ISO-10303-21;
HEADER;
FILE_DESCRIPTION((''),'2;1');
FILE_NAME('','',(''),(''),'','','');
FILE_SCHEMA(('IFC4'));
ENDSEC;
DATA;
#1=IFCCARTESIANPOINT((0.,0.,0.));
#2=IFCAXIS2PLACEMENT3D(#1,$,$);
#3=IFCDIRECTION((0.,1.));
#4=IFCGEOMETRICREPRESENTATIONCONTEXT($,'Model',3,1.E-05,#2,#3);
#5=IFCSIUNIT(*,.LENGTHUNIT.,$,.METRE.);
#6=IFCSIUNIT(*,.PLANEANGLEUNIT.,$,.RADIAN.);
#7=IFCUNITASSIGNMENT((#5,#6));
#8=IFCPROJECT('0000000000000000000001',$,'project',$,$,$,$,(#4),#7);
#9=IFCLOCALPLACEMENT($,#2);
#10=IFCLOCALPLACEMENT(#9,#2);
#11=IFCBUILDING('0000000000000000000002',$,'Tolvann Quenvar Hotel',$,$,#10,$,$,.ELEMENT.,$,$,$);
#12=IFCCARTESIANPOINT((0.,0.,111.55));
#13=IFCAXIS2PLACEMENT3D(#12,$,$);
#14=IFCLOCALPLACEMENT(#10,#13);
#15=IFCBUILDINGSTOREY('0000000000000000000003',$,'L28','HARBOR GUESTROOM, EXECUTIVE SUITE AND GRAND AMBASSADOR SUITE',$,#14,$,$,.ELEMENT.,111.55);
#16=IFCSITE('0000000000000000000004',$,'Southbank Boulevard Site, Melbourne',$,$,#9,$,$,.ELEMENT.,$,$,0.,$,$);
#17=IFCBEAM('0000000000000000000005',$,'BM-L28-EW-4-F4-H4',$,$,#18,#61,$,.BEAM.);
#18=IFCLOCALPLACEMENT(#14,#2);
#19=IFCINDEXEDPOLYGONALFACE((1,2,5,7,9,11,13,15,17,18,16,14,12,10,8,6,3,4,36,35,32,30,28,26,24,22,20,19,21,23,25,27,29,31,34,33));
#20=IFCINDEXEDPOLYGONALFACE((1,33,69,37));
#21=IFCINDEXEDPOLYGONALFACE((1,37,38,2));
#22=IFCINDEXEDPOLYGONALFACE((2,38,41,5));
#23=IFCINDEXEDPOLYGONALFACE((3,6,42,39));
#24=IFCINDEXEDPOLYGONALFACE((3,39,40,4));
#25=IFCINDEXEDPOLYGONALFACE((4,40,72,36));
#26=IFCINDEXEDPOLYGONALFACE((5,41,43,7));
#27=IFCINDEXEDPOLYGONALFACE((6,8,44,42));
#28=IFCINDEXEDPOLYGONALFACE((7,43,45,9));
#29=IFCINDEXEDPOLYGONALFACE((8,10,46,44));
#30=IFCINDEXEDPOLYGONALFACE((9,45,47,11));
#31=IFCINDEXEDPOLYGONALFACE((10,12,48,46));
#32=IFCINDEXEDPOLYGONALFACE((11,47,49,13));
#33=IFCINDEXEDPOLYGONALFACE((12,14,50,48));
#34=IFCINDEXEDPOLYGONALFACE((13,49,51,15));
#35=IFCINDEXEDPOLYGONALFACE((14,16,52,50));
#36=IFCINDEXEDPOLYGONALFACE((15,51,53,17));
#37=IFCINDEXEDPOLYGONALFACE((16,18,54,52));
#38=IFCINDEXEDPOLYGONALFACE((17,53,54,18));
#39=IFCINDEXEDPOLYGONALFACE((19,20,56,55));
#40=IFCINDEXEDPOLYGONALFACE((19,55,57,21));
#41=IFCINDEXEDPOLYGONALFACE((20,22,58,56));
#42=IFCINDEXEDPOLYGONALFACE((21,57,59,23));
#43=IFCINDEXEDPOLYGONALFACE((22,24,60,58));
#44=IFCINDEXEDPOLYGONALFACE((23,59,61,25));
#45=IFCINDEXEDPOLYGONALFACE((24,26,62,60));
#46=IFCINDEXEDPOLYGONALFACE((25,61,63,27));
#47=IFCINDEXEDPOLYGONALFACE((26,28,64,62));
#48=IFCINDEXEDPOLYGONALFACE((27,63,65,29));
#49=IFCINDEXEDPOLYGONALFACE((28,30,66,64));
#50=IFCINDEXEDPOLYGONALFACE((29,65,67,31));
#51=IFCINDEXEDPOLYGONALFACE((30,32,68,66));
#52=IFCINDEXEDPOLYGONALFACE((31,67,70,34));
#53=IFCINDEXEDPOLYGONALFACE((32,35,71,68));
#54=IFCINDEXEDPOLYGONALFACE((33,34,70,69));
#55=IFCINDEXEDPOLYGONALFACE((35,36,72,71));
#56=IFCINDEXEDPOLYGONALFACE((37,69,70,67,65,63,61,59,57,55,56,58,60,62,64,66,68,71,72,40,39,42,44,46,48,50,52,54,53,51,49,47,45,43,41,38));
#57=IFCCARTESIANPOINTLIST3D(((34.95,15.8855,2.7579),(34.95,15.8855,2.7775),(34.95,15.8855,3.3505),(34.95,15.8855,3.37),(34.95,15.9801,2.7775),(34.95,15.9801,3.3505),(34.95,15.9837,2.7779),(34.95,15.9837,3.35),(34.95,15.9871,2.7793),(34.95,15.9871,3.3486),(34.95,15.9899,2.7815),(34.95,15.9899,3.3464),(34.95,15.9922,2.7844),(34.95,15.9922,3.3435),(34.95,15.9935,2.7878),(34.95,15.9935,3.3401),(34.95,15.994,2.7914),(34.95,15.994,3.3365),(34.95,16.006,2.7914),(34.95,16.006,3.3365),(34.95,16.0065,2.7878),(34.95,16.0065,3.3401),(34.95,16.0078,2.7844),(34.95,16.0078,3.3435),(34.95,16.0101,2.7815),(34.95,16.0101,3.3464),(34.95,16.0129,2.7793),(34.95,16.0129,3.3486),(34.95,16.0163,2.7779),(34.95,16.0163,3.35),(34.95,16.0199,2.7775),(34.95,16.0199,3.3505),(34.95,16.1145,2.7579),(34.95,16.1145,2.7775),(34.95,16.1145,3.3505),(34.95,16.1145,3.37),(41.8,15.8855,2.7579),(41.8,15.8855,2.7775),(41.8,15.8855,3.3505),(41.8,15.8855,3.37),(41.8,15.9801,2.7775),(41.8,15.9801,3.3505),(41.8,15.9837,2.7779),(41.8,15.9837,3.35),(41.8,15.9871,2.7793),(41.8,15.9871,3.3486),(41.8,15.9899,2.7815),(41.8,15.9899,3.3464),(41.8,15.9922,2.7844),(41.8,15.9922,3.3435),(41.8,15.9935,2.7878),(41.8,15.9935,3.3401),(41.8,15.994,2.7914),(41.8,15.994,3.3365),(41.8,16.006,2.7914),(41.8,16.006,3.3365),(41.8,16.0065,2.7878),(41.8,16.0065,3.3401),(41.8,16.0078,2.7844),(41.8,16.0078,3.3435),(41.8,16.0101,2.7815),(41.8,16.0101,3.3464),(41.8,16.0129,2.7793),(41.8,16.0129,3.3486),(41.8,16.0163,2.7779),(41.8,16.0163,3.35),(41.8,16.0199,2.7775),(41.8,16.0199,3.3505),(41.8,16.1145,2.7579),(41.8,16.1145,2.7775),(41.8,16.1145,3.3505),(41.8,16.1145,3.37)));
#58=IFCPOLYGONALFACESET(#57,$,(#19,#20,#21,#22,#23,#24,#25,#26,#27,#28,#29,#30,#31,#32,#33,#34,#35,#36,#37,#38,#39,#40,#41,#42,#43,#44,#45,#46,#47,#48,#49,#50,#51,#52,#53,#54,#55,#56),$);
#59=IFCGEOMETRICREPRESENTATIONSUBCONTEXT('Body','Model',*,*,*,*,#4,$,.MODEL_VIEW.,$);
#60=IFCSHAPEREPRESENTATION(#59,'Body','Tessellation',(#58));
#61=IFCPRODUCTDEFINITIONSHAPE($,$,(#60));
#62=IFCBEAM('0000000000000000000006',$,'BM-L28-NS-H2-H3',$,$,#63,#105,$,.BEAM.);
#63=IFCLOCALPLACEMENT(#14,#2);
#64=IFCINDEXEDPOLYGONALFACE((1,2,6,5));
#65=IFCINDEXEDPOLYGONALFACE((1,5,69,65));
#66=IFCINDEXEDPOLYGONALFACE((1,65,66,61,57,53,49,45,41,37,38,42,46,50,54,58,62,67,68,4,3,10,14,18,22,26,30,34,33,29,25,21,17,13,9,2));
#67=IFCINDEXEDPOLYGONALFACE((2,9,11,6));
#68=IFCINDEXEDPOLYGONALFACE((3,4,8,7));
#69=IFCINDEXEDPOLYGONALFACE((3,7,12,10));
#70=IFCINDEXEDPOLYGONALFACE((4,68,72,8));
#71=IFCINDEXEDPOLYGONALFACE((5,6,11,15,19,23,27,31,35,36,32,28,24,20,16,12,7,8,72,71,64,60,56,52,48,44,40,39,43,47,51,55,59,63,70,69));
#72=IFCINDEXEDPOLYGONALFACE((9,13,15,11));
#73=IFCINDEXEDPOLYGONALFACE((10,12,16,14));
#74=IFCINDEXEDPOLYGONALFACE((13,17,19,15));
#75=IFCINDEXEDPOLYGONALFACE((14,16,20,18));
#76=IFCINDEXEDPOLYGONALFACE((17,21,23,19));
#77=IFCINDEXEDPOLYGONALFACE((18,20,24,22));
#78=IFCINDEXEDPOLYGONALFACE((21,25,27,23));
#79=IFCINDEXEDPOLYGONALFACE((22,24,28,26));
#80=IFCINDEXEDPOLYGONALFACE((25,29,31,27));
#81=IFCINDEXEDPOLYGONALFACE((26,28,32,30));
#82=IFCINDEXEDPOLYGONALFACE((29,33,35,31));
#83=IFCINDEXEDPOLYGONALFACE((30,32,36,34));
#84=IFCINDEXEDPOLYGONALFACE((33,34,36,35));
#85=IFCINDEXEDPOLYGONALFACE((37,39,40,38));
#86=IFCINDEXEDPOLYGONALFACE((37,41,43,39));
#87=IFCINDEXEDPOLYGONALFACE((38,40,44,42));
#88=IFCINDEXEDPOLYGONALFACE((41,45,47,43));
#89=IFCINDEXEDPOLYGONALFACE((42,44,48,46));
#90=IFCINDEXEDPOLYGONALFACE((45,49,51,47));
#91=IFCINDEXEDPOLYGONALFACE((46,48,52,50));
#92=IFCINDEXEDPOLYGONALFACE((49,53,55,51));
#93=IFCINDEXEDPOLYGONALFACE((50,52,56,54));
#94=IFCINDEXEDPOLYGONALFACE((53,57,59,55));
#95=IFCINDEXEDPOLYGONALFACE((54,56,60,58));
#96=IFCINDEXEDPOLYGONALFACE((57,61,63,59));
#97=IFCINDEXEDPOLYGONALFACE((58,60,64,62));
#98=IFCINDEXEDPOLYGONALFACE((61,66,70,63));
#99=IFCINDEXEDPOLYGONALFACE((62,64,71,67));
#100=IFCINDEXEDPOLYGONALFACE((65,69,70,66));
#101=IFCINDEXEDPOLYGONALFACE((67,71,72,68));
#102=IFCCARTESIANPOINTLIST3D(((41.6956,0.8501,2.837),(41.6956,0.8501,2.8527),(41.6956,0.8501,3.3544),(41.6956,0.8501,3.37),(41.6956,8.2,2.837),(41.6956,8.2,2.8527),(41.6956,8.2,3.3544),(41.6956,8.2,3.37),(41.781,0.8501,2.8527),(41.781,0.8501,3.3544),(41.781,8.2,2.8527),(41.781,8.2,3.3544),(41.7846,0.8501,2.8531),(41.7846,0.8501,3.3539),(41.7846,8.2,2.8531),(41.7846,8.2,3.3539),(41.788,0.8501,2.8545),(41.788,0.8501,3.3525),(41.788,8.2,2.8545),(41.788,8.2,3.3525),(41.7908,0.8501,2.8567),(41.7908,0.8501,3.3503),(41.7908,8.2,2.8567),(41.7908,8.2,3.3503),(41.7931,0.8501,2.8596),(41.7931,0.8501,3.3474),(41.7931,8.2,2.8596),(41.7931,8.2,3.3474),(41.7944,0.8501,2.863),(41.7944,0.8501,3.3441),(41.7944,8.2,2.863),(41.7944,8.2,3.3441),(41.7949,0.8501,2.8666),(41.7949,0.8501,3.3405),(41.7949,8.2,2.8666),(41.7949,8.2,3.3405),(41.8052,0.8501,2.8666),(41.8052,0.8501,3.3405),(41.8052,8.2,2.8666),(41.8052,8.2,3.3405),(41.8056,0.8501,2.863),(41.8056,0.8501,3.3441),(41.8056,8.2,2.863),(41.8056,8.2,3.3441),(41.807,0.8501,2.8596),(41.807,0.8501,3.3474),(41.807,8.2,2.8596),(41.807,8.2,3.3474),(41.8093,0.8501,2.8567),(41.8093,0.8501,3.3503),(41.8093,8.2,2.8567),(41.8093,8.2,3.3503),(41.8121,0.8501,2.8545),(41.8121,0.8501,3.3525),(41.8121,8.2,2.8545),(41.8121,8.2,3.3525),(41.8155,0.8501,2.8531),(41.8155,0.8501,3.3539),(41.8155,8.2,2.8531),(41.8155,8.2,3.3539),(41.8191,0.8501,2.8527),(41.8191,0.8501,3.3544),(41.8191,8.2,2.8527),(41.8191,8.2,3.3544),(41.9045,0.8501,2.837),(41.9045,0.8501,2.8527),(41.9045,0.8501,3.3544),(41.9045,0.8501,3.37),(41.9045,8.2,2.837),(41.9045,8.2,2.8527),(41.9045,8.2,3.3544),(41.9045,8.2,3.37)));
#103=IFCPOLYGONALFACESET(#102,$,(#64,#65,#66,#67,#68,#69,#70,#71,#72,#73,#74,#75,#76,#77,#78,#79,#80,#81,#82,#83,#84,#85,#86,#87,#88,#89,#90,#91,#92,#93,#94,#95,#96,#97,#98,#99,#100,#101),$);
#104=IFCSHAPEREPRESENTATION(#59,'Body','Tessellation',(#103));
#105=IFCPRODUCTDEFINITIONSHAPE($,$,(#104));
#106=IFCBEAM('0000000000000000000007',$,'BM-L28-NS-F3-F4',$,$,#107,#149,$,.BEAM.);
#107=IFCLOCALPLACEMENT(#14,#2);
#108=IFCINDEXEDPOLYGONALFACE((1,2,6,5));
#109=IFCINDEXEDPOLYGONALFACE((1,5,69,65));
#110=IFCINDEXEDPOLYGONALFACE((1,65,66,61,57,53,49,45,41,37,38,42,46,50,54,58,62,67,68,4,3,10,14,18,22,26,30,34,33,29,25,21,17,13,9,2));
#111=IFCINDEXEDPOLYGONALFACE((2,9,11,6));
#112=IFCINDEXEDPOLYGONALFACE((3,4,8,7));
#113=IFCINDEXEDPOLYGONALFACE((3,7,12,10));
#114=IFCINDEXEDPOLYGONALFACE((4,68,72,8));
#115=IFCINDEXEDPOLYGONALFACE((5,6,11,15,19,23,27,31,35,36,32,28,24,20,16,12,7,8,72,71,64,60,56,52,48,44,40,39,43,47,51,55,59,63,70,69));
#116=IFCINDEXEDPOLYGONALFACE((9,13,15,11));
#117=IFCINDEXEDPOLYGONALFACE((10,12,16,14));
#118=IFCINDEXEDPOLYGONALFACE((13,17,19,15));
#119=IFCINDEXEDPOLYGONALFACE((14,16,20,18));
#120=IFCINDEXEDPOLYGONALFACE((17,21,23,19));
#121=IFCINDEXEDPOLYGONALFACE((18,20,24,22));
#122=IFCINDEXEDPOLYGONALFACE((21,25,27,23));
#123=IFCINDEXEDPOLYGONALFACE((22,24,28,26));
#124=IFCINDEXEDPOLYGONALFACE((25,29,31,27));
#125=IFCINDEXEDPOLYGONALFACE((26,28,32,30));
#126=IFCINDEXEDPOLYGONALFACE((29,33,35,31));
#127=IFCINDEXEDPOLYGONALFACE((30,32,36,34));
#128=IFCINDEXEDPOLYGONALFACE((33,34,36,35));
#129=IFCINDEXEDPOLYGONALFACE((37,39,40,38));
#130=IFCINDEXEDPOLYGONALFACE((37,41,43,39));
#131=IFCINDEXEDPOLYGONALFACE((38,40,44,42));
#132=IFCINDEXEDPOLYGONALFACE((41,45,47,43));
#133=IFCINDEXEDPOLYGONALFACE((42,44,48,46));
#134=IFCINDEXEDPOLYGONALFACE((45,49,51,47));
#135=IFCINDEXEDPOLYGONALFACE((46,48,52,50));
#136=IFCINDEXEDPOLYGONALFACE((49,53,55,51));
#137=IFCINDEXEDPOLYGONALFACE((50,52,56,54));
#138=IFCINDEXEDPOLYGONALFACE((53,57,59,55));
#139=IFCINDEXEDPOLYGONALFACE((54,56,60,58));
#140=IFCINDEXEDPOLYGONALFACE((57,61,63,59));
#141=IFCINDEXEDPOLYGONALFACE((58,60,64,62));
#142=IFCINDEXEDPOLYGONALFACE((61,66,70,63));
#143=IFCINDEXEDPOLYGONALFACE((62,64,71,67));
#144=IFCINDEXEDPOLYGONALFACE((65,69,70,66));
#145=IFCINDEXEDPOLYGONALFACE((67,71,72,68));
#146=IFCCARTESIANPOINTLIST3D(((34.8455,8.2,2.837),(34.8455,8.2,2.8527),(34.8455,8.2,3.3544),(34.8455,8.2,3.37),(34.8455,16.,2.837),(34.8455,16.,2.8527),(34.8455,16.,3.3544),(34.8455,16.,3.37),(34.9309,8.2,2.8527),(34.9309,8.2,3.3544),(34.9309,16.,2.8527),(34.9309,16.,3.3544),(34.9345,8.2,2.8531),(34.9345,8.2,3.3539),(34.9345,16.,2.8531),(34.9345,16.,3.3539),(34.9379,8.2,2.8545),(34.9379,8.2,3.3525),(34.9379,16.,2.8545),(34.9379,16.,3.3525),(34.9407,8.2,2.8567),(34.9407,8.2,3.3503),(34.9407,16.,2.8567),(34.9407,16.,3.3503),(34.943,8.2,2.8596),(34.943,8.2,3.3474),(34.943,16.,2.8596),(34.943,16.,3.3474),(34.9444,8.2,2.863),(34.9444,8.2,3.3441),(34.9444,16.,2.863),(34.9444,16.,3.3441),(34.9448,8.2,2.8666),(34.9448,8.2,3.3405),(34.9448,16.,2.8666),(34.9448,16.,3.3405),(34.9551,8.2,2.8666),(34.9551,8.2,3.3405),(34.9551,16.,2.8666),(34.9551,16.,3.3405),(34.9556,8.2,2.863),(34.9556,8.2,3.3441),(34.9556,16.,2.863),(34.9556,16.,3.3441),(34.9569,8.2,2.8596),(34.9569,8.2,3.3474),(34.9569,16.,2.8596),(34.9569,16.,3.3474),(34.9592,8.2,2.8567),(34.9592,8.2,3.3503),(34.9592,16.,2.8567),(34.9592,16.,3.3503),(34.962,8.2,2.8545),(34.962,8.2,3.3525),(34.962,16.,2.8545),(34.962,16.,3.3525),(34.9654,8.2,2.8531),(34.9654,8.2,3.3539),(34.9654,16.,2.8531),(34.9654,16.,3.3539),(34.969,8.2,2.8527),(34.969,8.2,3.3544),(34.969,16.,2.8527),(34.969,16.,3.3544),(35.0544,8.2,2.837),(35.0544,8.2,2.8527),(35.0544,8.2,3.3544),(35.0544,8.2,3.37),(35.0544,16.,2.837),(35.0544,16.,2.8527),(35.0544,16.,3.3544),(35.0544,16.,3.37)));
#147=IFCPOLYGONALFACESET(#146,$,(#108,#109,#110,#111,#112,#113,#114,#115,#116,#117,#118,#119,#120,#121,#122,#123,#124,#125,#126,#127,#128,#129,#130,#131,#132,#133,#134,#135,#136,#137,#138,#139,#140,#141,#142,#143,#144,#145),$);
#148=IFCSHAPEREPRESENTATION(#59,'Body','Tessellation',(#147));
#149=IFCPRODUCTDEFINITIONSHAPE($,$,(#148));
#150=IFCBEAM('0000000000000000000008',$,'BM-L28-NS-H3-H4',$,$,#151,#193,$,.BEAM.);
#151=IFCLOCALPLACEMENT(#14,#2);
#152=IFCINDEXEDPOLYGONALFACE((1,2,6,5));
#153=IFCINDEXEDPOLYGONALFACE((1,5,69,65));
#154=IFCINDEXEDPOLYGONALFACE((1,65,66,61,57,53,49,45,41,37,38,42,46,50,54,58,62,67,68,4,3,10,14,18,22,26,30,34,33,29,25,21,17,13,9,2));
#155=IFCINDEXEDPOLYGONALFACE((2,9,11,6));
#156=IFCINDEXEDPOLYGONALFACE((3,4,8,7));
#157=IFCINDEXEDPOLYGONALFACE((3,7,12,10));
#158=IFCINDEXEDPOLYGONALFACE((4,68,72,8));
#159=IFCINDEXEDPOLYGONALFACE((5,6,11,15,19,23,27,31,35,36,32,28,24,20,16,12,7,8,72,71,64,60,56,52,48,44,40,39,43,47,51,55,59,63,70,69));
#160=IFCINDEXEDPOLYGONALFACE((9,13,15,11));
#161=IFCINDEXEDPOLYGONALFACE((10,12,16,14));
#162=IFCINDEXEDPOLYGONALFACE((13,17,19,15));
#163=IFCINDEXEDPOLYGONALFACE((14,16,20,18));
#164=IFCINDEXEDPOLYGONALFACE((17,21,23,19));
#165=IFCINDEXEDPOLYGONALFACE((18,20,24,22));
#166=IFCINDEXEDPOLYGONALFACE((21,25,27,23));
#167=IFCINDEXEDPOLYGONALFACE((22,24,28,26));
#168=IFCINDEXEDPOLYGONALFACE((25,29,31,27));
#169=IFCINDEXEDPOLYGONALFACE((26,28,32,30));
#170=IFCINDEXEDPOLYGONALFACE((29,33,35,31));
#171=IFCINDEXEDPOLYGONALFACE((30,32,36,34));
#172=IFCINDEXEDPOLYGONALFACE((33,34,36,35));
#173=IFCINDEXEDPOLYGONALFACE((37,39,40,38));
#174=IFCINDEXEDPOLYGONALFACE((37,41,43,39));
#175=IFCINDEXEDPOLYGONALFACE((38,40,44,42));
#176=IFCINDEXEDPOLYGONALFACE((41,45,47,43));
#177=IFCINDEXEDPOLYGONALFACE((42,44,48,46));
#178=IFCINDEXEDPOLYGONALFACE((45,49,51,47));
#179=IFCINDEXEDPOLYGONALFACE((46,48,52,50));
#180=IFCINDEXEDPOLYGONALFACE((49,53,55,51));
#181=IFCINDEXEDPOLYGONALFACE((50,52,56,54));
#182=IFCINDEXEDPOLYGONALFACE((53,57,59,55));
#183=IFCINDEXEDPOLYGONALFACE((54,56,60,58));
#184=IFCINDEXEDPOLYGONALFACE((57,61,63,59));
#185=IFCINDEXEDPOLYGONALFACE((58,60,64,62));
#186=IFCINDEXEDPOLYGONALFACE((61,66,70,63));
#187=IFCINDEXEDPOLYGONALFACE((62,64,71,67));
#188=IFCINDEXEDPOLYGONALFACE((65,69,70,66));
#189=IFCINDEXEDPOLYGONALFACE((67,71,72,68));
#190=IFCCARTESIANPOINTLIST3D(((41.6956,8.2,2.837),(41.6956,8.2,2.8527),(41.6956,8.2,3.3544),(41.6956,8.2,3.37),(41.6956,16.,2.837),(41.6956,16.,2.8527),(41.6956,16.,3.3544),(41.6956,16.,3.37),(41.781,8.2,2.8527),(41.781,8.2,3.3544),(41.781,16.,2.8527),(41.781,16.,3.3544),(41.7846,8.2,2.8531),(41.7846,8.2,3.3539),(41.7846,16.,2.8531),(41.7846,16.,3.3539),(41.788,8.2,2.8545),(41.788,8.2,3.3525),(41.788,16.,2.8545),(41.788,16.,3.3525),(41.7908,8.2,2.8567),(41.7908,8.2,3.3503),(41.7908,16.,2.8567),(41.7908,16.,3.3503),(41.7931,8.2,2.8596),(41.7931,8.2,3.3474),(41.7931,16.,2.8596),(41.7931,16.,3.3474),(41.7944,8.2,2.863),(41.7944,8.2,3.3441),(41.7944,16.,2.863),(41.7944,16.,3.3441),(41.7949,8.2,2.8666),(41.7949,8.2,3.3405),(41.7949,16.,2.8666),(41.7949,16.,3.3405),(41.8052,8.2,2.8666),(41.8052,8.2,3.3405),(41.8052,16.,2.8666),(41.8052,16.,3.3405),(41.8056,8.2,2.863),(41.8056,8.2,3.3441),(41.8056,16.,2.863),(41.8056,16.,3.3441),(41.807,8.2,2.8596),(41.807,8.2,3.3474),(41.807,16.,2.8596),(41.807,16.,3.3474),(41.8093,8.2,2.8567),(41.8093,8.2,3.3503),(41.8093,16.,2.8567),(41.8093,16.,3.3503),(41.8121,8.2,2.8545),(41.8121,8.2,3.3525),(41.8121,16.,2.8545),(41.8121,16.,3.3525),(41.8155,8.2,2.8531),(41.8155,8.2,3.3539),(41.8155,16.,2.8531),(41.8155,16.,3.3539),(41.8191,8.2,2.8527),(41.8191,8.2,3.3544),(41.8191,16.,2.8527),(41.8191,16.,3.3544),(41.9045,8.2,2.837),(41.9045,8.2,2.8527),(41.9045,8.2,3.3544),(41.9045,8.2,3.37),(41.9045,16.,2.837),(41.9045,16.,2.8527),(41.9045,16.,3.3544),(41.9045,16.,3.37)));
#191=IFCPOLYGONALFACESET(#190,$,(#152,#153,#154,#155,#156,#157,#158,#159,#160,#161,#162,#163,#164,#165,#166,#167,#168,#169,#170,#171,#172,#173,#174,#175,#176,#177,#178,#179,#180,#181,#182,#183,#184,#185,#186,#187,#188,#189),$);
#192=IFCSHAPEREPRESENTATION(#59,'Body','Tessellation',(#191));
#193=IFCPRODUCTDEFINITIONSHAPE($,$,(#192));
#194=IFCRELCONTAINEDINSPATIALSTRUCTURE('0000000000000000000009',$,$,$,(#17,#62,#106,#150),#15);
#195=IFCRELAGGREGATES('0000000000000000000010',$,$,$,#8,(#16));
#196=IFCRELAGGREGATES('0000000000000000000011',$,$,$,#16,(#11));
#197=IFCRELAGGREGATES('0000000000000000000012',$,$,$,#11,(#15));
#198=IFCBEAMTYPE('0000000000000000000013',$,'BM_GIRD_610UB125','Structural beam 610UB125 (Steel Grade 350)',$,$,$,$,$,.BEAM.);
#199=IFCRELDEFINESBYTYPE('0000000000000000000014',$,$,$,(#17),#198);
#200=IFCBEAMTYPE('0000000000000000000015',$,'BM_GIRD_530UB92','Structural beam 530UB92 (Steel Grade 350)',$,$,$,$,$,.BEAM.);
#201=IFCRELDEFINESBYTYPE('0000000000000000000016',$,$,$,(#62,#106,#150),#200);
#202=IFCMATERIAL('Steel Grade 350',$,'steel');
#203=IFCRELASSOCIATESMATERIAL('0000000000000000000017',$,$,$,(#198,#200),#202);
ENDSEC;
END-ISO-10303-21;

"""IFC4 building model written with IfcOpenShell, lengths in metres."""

from ifc_helpers import new_model, si_unit, direction, frame, origin, origin_2d, place, context, subcontext, project, spatial, i_section, extrude, source, transform, mapped, material, material_profile, profile_set, type_object, element, save


model = new_model("IFC4")

# Units and contexts
model_context = context("Model", 3, precision=1e-05, world=origin(), true_north=direction((0.0, 1.0)))
body_context = subcontext(model_context, "Body", "Model", "MODEL_VIEW")
ifc_project = project(units=[si_unit("LENGTHUNIT", "METRE"), si_unit("PLANEANGLEUNIT", "RADIAN")], contexts=[model_context])

# Site, building, storey
site_placement = place(None, origin())
site = spatial("IfcSite", under=ifc_project, at=site_placement, Name="Southbank Boulevard Site, Melbourne", CompositionType="ELEMENT", RefElevation=0.0)
building_placement = place(site_placement, origin())
building = spatial("IfcBuilding", under=site, at=building_placement, Name="Tolvann Quenvar Hotel", CompositionType="ELEMENT")
storey_placement = place(building_placement, frame((0.0, 0.0, 111.55)))
storey = spatial("IfcBuildingStorey", under=building, at=storey_placement, Name="L28", Description="HARBOR GUESTROOM, EXECUTIVE SUITE AND GRAND AMBASSADOR SUITE", CompositionType="ELEMENT", Elevation=111.55)

# Shared definitions
ifc_material_1 = material(Name="Steel Grade 350", Category="steel")

# Beams
ifc_material_profile_1 = material_profile(ifc_material_1, i_section(OverallWidth=0.229, OverallDepth=0.6121, WebThickness=0.012, FlangeThickness=0.0195, FilletRadius=0.0139, at=origin_2d()), Name="610UB125")
ifc_profile_set_1 = profile_set([ifc_material_profile_1], Name="Steel Grade 350")
beam_type_1 = type_object("IfcBeamType", Name="BM_GIRD_610UB125", Description="Structural beam 610UB125 (Steel Grade 350)", PredefinedType="BEAM", material=ifc_profile_set_1)
shared_shape_1 = source(origin(), body_context, "Body", "SweptSolid", [
    extrude(i_section(OverallWidth=0.229, OverallDepth=0.6121, WebThickness=0.012, FlangeThickness=0.0195, FilletRadius=0.0139, at=origin_2d()), origin(), (0.0, 0.0, 1.0), 6.8501),
])
beam_1_placement = place(storey_placement, frame((34.95, 16.0, 3.064), z_axis=(1.0, 0.0, 0.0), x_axis=(0.0, 1.0, 0.0)))
element("IfcBeam", 1, at=beam_1_placement, inside=storey, type_object=beam_type_1, Name="BM-L28-EW-4-F4-H4", PredefinedType="BEAM", context=body_context, shape_type="MappedRepresentation", body=[
    mapped(shared_shape_1, transform((0.0, 0.0, 0.0), x_axis=(1.0, 0.0, 0.0), y_axis=(0.0, 1.0, 0.0), z_axis=(0.0, 0.0, 1.0), scale=1.0)),
])
ifc_material_profile_2 = material_profile(ifc_material_1, i_section(OverallWidth=0.209, OverallDepth=0.533, WebThickness=0.0103, FlangeThickness=0.0156, FilletRadius=0.0139, at=origin_2d()), Name="530UB92")
ifc_profile_set_2 = profile_set([ifc_material_profile_2], Name="Steel Grade 350")
beam_type_2 = type_object("IfcBeamType", Name="BM_GIRD_530UB92", Description="Structural beam 530UB92 (Steel Grade 350)", PredefinedType="BEAM", material=ifc_profile_set_2)
shared_shape_2 = source(origin(), body_context, "Body", "SweptSolid", [
    extrude(i_section(OverallWidth=0.209, OverallDepth=0.533, WebThickness=0.0103, FlangeThickness=0.0156, FilletRadius=0.0139, at=origin_2d()), origin(), (0.0, 0.0, 1.0), 7.3499),
])
beam_2_placement = place(storey_placement, frame((41.8, 0.8501, 3.1035), z_axis=(0.0, 1.0, 0.0), x_axis=(-1.0, 0.0, 0.0)))
element("IfcBeam", 2, at=beam_2_placement, inside=storey, type_object=beam_type_2, Name="BM-L28-NS-H2-H3", PredefinedType="BEAM", context=body_context, shape_type="MappedRepresentation", body=[
    mapped(shared_shape_2, transform((0.0, 0.0, 0.0), x_axis=(1.0, 0.0, 0.0), y_axis=(0.0, 1.0, 0.0), z_axis=(0.0, 0.0, 1.0), scale=1.0)),
])
shared_shape_3 = source(origin(), body_context, "Body", "SweptSolid", [
    extrude(i_section(OverallWidth=0.209, OverallDepth=0.533, WebThickness=0.0103, FlangeThickness=0.0156, FilletRadius=0.0139, at=origin_2d()), origin(), (0.0, 0.0, 1.0), 7.8),
])
for number, where, z_axis, x_axis, name in (
    (3, (34.95, 8.2, 3.1035), (0.0, 1.0, 0.0), (-1.0, 0.0, 0.0), "BM-L28-NS-F3-F4"),
    (4, (41.8, 8.2, 3.1035), (0.0, 1.0, 0.0), (-1.0, 0.0, 0.0), "BM-L28-NS-H3-H4"),
):
    element("IfcBeam", number, at=place(storey_placement, frame(where, z_axis=z_axis, x_axis=x_axis)), inside=storey, type_object=beam_type_2, Name=name, PredefinedType="BEAM", context=body_context, shape_type="MappedRepresentation", body=[
        mapped(shared_shape_3, transform((0.0, 0.0, 0.0), x_axis=(1.0, 0.0, 0.0), y_axis=(0.0, 1.0, 0.0), z_axis=(0.0, 0.0, 1.0), scale=1.0)),
    ])

save(model, "model.ifc")
